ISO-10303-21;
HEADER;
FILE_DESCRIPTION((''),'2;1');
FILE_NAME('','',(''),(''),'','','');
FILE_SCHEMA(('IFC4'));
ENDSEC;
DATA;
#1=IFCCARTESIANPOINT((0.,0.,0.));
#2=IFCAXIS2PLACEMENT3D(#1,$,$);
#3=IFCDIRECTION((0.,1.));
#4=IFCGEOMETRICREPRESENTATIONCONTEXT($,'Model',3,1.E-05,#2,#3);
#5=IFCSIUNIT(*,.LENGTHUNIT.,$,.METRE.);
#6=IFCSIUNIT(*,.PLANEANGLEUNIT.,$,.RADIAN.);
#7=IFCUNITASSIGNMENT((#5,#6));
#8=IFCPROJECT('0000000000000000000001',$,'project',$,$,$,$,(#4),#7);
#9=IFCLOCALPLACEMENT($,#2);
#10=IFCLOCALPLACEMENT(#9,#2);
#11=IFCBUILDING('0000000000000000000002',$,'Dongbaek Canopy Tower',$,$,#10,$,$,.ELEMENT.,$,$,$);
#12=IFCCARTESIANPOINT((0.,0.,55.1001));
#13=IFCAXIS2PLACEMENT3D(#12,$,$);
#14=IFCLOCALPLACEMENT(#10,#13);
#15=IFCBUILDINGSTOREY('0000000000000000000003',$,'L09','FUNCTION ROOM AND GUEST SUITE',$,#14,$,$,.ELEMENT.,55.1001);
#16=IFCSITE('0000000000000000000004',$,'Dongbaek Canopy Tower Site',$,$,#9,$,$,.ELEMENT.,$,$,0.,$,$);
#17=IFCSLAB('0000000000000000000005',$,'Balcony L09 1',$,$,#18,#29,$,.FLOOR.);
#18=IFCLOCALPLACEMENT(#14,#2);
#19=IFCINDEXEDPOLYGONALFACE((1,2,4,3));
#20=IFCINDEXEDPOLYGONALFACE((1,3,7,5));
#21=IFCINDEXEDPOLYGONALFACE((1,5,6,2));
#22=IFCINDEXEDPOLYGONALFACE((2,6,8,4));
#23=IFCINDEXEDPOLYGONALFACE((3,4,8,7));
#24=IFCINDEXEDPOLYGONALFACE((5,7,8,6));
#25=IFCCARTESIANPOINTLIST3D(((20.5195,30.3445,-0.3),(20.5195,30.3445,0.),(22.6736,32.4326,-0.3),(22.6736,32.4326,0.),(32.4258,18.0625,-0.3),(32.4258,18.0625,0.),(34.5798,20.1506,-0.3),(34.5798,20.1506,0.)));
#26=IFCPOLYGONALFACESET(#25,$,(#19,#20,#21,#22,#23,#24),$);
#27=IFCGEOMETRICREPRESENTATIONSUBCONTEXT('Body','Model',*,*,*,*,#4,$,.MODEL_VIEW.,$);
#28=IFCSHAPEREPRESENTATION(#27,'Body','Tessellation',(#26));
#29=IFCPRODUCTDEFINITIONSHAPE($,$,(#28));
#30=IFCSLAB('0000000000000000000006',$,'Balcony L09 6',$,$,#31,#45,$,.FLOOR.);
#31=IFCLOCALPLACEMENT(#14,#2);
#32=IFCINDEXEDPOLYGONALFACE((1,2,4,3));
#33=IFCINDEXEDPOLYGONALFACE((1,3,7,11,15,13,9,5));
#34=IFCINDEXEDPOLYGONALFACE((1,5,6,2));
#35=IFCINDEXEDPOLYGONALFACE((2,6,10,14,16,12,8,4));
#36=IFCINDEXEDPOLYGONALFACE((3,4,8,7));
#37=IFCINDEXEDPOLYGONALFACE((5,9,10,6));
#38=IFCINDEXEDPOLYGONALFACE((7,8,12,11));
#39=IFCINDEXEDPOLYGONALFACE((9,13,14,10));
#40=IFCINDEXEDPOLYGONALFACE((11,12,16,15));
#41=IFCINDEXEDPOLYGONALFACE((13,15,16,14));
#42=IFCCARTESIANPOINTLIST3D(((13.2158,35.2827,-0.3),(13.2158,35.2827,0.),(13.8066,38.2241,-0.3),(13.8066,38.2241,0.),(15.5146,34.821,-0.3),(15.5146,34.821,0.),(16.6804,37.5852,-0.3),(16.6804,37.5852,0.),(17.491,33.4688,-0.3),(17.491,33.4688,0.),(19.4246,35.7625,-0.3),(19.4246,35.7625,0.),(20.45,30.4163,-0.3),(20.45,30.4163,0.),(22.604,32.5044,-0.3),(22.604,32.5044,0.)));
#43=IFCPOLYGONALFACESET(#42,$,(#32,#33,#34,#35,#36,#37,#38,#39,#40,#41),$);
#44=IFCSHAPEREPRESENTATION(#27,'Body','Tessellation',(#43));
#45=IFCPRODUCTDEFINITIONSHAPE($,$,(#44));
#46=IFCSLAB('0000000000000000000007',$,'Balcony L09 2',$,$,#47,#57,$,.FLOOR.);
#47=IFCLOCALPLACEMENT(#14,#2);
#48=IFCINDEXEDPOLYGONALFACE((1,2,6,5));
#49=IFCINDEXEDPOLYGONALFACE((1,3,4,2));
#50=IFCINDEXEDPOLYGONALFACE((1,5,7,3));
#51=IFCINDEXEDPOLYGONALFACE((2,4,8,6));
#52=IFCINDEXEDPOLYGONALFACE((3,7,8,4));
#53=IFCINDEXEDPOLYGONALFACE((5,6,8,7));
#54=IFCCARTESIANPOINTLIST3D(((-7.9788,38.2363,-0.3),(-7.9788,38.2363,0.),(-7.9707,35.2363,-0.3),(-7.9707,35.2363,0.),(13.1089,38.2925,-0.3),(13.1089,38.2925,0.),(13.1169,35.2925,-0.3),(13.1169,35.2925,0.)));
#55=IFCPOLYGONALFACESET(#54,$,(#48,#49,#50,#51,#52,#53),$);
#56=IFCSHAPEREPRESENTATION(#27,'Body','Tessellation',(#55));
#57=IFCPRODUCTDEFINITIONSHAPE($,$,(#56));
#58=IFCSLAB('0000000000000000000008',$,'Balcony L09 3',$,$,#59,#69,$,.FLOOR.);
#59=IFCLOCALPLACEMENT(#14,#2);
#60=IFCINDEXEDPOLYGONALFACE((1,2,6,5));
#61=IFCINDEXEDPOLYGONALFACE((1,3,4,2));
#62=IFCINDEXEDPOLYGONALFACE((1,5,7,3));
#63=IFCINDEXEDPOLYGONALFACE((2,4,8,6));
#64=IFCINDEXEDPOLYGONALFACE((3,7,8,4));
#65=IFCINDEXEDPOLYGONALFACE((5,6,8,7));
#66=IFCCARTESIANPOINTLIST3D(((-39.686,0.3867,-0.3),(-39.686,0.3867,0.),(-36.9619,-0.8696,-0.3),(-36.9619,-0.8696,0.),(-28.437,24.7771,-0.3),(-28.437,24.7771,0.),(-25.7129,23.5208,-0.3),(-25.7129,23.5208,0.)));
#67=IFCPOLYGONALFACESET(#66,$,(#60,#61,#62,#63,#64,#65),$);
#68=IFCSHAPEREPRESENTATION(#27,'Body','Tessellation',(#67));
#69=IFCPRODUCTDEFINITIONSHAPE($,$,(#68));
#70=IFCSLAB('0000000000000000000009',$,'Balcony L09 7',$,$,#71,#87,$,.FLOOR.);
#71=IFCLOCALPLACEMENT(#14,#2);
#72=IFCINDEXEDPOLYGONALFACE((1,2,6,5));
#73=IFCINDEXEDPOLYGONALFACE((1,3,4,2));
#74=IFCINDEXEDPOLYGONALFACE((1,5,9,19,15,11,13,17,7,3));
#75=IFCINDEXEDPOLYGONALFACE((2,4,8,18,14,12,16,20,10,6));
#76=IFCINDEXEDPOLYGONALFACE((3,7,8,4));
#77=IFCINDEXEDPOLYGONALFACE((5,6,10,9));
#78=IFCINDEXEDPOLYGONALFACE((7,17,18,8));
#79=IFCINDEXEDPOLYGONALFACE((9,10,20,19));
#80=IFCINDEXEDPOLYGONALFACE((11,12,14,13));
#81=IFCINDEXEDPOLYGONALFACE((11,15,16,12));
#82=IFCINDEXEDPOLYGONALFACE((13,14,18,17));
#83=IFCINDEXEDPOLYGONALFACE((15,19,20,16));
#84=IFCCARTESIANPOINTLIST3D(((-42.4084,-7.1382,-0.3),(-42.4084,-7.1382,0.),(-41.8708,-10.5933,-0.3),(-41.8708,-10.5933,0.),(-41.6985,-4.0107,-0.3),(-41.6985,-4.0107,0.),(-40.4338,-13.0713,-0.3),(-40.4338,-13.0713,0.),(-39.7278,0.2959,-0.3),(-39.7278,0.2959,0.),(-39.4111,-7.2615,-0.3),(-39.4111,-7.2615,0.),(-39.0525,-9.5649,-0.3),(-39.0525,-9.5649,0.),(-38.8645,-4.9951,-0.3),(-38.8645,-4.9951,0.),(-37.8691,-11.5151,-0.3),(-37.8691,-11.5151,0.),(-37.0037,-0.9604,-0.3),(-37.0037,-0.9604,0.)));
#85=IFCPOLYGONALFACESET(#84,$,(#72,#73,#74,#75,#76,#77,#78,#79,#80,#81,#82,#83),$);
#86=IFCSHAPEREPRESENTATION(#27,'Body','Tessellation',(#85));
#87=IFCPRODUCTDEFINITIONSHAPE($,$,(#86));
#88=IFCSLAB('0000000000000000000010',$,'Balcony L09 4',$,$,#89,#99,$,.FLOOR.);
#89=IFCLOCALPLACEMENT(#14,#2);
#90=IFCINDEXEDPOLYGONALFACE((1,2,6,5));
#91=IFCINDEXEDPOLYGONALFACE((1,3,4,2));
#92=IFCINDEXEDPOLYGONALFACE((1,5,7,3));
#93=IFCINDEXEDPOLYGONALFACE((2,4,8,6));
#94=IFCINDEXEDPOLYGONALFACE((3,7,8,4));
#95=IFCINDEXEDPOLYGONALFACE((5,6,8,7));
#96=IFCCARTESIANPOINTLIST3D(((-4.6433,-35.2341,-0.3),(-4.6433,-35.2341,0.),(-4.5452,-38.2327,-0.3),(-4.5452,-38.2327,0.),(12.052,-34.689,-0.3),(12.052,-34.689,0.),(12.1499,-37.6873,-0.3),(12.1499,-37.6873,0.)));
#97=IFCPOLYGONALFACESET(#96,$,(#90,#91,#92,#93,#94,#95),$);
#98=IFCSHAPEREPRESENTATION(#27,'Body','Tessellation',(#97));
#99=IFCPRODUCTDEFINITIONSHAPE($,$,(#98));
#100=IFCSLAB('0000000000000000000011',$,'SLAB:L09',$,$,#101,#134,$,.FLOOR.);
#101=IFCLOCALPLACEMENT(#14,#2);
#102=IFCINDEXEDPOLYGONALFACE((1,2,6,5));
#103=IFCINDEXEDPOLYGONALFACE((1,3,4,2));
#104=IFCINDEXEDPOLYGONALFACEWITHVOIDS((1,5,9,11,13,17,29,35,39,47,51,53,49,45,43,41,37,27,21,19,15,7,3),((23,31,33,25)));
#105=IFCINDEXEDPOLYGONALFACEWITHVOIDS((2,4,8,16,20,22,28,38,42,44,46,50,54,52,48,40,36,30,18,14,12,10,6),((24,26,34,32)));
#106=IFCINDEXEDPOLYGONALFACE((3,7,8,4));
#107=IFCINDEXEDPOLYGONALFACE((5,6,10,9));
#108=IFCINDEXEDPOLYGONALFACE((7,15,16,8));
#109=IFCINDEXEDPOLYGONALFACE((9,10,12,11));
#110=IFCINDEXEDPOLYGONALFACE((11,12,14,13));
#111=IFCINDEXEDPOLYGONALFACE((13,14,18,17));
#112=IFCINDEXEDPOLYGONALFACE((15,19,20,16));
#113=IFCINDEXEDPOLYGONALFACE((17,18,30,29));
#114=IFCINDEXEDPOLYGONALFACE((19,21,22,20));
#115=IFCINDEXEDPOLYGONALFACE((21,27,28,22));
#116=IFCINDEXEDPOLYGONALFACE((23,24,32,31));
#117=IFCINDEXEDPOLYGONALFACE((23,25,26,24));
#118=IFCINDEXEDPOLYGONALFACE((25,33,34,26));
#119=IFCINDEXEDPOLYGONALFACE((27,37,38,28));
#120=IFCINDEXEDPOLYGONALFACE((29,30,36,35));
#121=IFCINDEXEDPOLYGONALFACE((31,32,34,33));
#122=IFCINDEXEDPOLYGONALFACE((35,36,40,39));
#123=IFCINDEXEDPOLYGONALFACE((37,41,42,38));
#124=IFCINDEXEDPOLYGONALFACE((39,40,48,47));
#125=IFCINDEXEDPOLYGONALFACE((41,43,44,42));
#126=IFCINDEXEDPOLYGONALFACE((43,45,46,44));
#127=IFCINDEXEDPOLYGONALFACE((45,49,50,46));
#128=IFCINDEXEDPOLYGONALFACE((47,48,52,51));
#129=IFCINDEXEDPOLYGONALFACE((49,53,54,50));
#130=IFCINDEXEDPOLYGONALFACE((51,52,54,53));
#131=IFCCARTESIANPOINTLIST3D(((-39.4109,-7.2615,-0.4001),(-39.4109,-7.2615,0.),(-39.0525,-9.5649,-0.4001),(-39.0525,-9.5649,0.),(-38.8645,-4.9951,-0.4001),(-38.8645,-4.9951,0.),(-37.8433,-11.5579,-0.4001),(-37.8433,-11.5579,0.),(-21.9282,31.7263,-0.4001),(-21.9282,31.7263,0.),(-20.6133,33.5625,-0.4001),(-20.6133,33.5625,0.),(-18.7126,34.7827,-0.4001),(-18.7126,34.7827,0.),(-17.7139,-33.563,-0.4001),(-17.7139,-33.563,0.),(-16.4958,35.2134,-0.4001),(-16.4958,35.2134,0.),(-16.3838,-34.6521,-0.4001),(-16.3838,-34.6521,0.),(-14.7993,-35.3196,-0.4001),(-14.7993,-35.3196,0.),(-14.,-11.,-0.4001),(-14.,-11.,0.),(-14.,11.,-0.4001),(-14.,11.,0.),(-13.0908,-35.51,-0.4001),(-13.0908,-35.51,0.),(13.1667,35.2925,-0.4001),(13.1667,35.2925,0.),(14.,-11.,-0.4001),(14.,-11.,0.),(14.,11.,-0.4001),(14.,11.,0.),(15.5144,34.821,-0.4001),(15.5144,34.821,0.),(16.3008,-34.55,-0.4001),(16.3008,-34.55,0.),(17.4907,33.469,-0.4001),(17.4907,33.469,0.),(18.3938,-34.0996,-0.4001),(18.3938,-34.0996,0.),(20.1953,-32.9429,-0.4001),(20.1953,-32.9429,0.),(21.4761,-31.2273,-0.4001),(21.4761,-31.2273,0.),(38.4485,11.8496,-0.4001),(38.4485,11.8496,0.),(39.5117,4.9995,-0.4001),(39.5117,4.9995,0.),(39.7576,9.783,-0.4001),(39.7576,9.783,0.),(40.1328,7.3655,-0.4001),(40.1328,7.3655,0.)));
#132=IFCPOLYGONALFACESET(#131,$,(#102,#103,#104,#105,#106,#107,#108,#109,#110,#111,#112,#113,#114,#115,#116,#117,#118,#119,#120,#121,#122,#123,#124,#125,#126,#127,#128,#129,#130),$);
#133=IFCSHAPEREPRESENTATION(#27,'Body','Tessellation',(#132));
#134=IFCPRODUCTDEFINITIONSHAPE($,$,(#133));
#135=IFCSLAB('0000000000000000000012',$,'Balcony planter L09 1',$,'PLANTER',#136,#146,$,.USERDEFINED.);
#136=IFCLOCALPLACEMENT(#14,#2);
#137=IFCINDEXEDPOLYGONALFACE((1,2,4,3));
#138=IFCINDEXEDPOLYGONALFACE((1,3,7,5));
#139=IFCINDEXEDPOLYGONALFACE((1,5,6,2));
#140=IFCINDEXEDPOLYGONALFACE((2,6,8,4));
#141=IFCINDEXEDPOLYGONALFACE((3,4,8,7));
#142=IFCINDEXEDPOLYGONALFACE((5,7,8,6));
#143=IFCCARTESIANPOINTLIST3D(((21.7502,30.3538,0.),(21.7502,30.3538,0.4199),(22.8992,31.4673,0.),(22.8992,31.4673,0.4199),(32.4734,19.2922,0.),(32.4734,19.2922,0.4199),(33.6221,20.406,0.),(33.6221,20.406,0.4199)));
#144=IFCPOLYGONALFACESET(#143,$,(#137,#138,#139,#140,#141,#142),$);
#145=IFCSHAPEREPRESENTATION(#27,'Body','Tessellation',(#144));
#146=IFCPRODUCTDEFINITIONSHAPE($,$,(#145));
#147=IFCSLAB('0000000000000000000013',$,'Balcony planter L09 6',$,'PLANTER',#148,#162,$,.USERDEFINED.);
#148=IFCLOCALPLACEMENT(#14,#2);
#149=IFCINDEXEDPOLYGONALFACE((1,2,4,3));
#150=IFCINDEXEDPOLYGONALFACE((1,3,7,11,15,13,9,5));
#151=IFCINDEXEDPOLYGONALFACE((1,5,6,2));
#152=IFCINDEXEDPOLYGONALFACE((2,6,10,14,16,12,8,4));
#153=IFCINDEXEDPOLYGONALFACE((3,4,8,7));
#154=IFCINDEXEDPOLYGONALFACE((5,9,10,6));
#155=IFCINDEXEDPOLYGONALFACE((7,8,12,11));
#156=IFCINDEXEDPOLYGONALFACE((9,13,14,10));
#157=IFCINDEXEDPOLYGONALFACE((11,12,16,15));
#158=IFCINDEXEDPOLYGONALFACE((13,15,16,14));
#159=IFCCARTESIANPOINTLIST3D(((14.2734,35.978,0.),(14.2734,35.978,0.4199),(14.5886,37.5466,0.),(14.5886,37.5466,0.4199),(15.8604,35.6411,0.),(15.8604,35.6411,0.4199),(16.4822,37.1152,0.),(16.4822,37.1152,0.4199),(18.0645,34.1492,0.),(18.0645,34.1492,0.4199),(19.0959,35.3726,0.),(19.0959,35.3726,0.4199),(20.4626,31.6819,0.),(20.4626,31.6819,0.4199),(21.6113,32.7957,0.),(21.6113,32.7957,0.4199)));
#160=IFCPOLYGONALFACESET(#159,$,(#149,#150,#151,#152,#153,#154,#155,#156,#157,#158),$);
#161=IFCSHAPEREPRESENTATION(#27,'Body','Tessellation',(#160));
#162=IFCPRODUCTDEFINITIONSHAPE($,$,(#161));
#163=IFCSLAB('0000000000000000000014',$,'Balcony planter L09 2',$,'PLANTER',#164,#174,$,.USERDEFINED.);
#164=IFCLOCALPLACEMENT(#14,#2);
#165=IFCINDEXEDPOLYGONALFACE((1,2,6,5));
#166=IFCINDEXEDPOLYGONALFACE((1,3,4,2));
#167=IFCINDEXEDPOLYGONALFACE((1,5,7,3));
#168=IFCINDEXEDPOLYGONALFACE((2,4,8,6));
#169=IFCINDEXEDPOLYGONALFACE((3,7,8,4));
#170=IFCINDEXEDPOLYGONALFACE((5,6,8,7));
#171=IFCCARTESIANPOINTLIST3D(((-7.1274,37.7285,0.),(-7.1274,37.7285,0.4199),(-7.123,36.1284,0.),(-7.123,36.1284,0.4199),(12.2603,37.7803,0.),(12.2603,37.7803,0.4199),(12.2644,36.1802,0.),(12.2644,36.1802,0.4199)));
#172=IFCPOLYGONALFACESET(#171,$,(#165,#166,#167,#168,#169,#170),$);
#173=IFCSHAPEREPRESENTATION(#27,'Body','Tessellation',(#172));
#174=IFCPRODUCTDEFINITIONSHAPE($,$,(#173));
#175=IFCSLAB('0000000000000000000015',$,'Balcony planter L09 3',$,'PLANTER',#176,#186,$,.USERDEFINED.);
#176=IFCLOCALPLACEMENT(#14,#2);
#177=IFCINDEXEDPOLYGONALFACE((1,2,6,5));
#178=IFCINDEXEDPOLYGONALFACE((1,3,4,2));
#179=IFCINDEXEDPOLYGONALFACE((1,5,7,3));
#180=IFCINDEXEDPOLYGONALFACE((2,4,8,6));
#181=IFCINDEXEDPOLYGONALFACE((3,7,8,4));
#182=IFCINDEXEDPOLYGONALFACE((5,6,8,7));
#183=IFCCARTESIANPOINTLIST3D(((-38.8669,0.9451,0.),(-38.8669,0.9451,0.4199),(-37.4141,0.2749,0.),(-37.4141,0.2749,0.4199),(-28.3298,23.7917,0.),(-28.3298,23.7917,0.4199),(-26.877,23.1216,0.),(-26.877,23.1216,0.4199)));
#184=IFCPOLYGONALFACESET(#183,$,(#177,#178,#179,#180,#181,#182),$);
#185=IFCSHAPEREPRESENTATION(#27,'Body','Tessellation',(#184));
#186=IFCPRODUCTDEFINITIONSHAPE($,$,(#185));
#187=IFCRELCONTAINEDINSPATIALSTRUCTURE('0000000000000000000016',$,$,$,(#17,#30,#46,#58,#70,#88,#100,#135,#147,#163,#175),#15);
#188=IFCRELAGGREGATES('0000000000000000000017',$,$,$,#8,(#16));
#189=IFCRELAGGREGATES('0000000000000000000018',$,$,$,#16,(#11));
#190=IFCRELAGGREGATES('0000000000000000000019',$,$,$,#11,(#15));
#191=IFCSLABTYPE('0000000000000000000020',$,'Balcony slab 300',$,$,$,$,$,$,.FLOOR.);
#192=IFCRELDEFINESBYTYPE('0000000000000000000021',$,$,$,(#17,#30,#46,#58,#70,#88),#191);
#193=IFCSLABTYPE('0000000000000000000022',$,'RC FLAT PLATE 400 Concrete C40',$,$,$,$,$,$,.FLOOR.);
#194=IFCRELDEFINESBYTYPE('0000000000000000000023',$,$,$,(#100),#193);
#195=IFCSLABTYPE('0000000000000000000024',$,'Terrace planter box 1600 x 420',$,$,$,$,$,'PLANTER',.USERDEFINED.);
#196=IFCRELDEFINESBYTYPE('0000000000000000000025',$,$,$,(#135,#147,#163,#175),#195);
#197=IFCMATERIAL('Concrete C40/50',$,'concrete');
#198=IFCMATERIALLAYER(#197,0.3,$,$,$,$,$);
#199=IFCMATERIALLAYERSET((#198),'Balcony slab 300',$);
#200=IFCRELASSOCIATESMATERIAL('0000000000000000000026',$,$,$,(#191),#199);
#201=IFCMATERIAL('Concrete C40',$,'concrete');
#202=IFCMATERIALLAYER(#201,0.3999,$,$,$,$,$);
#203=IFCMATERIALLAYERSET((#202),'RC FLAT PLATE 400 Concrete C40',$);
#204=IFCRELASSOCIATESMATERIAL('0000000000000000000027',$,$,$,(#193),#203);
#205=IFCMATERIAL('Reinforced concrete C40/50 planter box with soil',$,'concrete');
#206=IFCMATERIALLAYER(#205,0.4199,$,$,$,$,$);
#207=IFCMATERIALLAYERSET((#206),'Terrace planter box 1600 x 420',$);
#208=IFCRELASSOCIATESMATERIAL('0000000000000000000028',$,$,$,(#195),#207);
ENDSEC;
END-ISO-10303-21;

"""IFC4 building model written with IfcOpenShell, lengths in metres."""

from ifc_helpers import new_model, si_unit, direction, frame, origin, place, context, subcontext, project, spatial, polyline, outline, extrude, material, layer, layer_set, type_object, element, save


model = new_model("IFC4")

# Units and contexts
model_context = context("Model", 3, precision=1e-05, world=origin(), true_north=direction((0.0, 1.0)))
body_context = subcontext(model_context, "Body", "Model", "MODEL_VIEW")
ifc_project = project(units=[si_unit("LENGTHUNIT", "METRE"), si_unit("PLANEANGLEUNIT", "RADIAN")], contexts=[model_context])

# Site, building, storey
site_placement = place(None, origin())
site = spatial("IfcSite", under=ifc_project, at=site_placement, Name="Dongbaek Canopy Tower Site", CompositionType="ELEMENT", RefElevation=0.0)
building_placement = place(site_placement, origin())
building = spatial("IfcBuilding", under=site, at=building_placement, Name="Dongbaek Canopy Tower", CompositionType="ELEMENT")
storey_placement = place(building_placement, frame((0.0, 0.0, 55.1001)))
storey = spatial("IfcBuildingStorey", under=building, at=storey_placement, Name="L09", Description="FUNCTION ROOM AND GUEST SUITE", CompositionType="ELEMENT", Elevation=55.1001)

# Slabs
ifc_material_1 = material(Name="Concrete C40/50", Category="concrete")
ifc_layer_1 = layer(ifc_material_1, 0.3)
ifc_layer_set_1 = layer_set([ifc_layer_1], Name="Balcony slab 300")
slab_type_1 = type_object("IfcSlabType", Name="Balcony slab 300", PredefinedType="FLOOR", material=ifc_layer_set_1)
slab_1_placement = place(storey_placement, frame((0.0, 0.0, -0.3)))
element("IfcSlab", 1, at=slab_1_placement, inside=storey, type_object=slab_type_1, Name="Balcony L09 1", PredefinedType="FLOOR", context=body_context, shape_type="SweptSolid", body=[
    extrude(outline(polyline([(32.4258, 18.0625), (20.5195, 30.3445), (22.6736, 32.4326), (34.5798, 20.1506), (32.4258, 18.0625)])), origin(), (0.0, 0.0, 1.0), 0.3),
])
slab_2_placement = place(storey_placement, frame((0.0, 0.0, -0.3)))
element("IfcSlab", 2, at=slab_2_placement, inside=storey, type_object=slab_type_1, Name="Balcony L09 6", PredefinedType="FLOOR", context=body_context, shape_type="SweptSolid", body=[
    extrude(outline(polyline([(20.45, 30.4163), (17.491, 33.4688), (15.5146, 34.821), (13.2158, 35.2827), (13.8066, 38.2241), (16.6804, 37.5852), (19.4246, 35.7625), (22.604, 32.5044), (20.45, 30.4163)])), origin(), (0.0, 0.0, 1.0), 0.3),
])
slab_3_placement = place(storey_placement, frame((0.0, 0.0, -0.3)))
element("IfcSlab", 3, at=slab_3_placement, inside=storey, type_object=slab_type_1, Name="Balcony L09 2", PredefinedType="FLOOR", context=body_context, shape_type="SweptSolid", body=[
    extrude(outline(polyline([(13.1169, 35.2925), (-7.9707, 35.2363), (-7.9788, 38.2363), (13.1089, 38.2925), (13.1169, 35.2925)])), origin(), (0.0, 0.0, 1.0), 0.3),
])
slab_4_placement = place(storey_placement, frame((0.0, 0.0, -0.3)))
element("IfcSlab", 4, at=slab_4_placement, inside=storey, type_object=slab_type_1, Name="Balcony L09 3", PredefinedType="FLOOR", context=body_context, shape_type="SweptSolid", body=[
    extrude(outline(polyline([(-25.7129, 23.5208), (-36.9619, -0.8696), (-39.686, 0.3867), (-28.437, 24.7771), (-25.7129, 23.5208)])), origin(), (0.0, 0.0, 1.0), 0.3),
])
slab_5_placement = place(storey_placement, frame((0.0, 0.0, -0.3)))
element("IfcSlab", 5, at=slab_5_placement, inside=storey, type_object=slab_type_1, Name="Balcony L09 7", PredefinedType="FLOOR", context=body_context, shape_type="SweptSolid", body=[
    extrude(outline(polyline([(-37.0037, -0.9604), (-38.8645, -4.9951), (-39.4111, -7.2615), (-39.0525, -9.5649), (-37.8691, -11.5151), (-40.4338, -13.0713), (-41.8708, -10.5933), (-42.4084, -7.1382), (-41.6985, -4.0107), (-39.7278, 0.2959), (-37.0037, -0.9604)])), origin(), (0.0, 0.0, 1.0), 0.3),
])
slab_6_placement = place(storey_placement, frame((0.0, 0.0, -0.3)))
element("IfcSlab", 6, at=slab_6_placement, inside=storey, type_object=slab_type_1, Name="Balcony L09 4", PredefinedType="FLOOR", context=body_context, shape_type="SweptSolid", body=[
    extrude(outline(polyline([(-4.6433, -35.2341), (12.052, -34.689), (12.1499, -37.6873), (-4.5452, -38.2327), (-4.6433, -35.2341)])), origin(), (0.0, 0.0, 1.0), 0.3),
])
ifc_material_2 = material(Name="Concrete C40", Category="concrete")
ifc_layer_2 = layer(ifc_material_2, 0.3999)
ifc_layer_set_2 = layer_set([ifc_layer_2], Name="RC FLAT PLATE 400 Concrete C40")
slab_type_2 = type_object("IfcSlabType", Name="RC FLAT PLATE 400 Concrete C40", PredefinedType="FLOOR", material=ifc_layer_set_2)
slab_7_placement = place(storey_placement, frame((0.0, 0.0, -0.4001)))
element("IfcSlab", 7, at=slab_7_placement, inside=storey, type_object=slab_type_2, Name="SLAB:L09", PredefinedType="FLOOR", context=body_context, shape_type="SweptSolid", body=[
    extrude(outline(polyline([(21.4761, -31.2273), (20.1953, -32.9429), (18.3938, -34.0996), (16.3008, -34.55), (-13.0908, -35.51), (-14.7993, -35.3196), (-16.3838, -34.6521), (-17.7139, -33.563), (-37.8433, -11.5579), (-39.0525, -9.5649), (-39.4109, -7.2615), (-38.8645, -4.9951), (-21.9282, 31.7263), (-20.6133, 33.5625), (-18.7126, 34.7827), (-16.4958, 35.2134), (13.1667, 35.2925), (15.5144, 34.821), (17.4907, 33.469), (38.4485, 11.8496), (39.7576, 9.783), (40.1328, 7.3655), (39.5117, 4.9995), (21.4761, -31.2273)]), holes=[polyline([(14.0, 11.0), (-14.0, 11.0), (-14.0, -11.0), (14.0, -11.0), (14.0, 11.0)])]), origin(), (0.0, 0.0, 1.0), 0.4001),
])
ifc_material_3 = material(Name="Reinforced concrete C40/50 planter box with soil", Category="concrete")
ifc_layer_3 = layer(ifc_material_3, 0.4199)
ifc_layer_set_3 = layer_set([ifc_layer_3], Name="Terrace planter box 1600 x 420")
slab_type_3 = type_object("IfcSlabType", Name="Terrace planter box 1600 x 420", ElementType="PLANTER", PredefinedType="USERDEFINED", material=ifc_layer_set_3)
slab_8_placement = place(storey_placement, origin())
element("IfcSlab", 8, at=slab_8_placement, inside=storey, type_object=slab_type_3, Name="Balcony planter L09 1", ObjectType="PLANTER", PredefinedType="USERDEFINED", context=body_context, shape_type="SweptSolid", body=[
    extrude(outline(polyline([(32.4734, 19.2922), (21.7502, 30.3538), (22.8992, 31.4673), (33.6221, 20.406), (32.4734, 19.2922)])), origin(), (0.0, 0.0, 1.0), 0.4199),
])
slab_9_placement = place(storey_placement, origin())
element("IfcSlab", 9, at=slab_9_placement, inside=storey, type_object=slab_type_3, Name="Balcony planter L09 6", ObjectType="PLANTER", PredefinedType="USERDEFINED", context=body_context, shape_type="SweptSolid", body=[
    extrude(outline(polyline([(20.4626, 31.6819), (18.0645, 34.1492), (15.8604, 35.6411), (14.2734, 35.978), (14.5886, 37.5466), (16.4822, 37.1152), (19.0959, 35.3726), (21.6113, 32.7957), (20.4626, 31.6819)])), origin(), (0.0, 0.0, 1.0), 0.4199),
])
slab_10_placement = place(storey_placement, origin())
element("IfcSlab", 10, at=slab_10_placement, inside=storey, type_object=slab_type_3, Name="Balcony planter L09 2", ObjectType="PLANTER", PredefinedType="USERDEFINED", context=body_context, shape_type="SweptSolid", body=[
    extrude(outline(polyline([(12.2644, 36.1802), (-7.123, 36.1284), (-7.1274, 37.7285), (12.2603, 37.7803), (12.2644, 36.1802)])), origin(), (0.0, 0.0, 1.0), 0.4199),
])
slab_11_placement = place(storey_placement, origin())
element("IfcSlab", 11, at=slab_11_placement, inside=storey, type_object=slab_type_3, Name="Balcony planter L09 3", ObjectType="PLANTER", PredefinedType="USERDEFINED", context=body_context, shape_type="SweptSolid", body=[
    extrude(outline(polyline([(-26.877, 23.1216), (-37.4141, 0.2749), (-38.8669, 0.9451), (-28.3298, 23.7917), (-26.877, 23.1216)])), origin(), (0.0, 0.0, 1.0), 0.4199),
])

save(model, "model.ifc")
